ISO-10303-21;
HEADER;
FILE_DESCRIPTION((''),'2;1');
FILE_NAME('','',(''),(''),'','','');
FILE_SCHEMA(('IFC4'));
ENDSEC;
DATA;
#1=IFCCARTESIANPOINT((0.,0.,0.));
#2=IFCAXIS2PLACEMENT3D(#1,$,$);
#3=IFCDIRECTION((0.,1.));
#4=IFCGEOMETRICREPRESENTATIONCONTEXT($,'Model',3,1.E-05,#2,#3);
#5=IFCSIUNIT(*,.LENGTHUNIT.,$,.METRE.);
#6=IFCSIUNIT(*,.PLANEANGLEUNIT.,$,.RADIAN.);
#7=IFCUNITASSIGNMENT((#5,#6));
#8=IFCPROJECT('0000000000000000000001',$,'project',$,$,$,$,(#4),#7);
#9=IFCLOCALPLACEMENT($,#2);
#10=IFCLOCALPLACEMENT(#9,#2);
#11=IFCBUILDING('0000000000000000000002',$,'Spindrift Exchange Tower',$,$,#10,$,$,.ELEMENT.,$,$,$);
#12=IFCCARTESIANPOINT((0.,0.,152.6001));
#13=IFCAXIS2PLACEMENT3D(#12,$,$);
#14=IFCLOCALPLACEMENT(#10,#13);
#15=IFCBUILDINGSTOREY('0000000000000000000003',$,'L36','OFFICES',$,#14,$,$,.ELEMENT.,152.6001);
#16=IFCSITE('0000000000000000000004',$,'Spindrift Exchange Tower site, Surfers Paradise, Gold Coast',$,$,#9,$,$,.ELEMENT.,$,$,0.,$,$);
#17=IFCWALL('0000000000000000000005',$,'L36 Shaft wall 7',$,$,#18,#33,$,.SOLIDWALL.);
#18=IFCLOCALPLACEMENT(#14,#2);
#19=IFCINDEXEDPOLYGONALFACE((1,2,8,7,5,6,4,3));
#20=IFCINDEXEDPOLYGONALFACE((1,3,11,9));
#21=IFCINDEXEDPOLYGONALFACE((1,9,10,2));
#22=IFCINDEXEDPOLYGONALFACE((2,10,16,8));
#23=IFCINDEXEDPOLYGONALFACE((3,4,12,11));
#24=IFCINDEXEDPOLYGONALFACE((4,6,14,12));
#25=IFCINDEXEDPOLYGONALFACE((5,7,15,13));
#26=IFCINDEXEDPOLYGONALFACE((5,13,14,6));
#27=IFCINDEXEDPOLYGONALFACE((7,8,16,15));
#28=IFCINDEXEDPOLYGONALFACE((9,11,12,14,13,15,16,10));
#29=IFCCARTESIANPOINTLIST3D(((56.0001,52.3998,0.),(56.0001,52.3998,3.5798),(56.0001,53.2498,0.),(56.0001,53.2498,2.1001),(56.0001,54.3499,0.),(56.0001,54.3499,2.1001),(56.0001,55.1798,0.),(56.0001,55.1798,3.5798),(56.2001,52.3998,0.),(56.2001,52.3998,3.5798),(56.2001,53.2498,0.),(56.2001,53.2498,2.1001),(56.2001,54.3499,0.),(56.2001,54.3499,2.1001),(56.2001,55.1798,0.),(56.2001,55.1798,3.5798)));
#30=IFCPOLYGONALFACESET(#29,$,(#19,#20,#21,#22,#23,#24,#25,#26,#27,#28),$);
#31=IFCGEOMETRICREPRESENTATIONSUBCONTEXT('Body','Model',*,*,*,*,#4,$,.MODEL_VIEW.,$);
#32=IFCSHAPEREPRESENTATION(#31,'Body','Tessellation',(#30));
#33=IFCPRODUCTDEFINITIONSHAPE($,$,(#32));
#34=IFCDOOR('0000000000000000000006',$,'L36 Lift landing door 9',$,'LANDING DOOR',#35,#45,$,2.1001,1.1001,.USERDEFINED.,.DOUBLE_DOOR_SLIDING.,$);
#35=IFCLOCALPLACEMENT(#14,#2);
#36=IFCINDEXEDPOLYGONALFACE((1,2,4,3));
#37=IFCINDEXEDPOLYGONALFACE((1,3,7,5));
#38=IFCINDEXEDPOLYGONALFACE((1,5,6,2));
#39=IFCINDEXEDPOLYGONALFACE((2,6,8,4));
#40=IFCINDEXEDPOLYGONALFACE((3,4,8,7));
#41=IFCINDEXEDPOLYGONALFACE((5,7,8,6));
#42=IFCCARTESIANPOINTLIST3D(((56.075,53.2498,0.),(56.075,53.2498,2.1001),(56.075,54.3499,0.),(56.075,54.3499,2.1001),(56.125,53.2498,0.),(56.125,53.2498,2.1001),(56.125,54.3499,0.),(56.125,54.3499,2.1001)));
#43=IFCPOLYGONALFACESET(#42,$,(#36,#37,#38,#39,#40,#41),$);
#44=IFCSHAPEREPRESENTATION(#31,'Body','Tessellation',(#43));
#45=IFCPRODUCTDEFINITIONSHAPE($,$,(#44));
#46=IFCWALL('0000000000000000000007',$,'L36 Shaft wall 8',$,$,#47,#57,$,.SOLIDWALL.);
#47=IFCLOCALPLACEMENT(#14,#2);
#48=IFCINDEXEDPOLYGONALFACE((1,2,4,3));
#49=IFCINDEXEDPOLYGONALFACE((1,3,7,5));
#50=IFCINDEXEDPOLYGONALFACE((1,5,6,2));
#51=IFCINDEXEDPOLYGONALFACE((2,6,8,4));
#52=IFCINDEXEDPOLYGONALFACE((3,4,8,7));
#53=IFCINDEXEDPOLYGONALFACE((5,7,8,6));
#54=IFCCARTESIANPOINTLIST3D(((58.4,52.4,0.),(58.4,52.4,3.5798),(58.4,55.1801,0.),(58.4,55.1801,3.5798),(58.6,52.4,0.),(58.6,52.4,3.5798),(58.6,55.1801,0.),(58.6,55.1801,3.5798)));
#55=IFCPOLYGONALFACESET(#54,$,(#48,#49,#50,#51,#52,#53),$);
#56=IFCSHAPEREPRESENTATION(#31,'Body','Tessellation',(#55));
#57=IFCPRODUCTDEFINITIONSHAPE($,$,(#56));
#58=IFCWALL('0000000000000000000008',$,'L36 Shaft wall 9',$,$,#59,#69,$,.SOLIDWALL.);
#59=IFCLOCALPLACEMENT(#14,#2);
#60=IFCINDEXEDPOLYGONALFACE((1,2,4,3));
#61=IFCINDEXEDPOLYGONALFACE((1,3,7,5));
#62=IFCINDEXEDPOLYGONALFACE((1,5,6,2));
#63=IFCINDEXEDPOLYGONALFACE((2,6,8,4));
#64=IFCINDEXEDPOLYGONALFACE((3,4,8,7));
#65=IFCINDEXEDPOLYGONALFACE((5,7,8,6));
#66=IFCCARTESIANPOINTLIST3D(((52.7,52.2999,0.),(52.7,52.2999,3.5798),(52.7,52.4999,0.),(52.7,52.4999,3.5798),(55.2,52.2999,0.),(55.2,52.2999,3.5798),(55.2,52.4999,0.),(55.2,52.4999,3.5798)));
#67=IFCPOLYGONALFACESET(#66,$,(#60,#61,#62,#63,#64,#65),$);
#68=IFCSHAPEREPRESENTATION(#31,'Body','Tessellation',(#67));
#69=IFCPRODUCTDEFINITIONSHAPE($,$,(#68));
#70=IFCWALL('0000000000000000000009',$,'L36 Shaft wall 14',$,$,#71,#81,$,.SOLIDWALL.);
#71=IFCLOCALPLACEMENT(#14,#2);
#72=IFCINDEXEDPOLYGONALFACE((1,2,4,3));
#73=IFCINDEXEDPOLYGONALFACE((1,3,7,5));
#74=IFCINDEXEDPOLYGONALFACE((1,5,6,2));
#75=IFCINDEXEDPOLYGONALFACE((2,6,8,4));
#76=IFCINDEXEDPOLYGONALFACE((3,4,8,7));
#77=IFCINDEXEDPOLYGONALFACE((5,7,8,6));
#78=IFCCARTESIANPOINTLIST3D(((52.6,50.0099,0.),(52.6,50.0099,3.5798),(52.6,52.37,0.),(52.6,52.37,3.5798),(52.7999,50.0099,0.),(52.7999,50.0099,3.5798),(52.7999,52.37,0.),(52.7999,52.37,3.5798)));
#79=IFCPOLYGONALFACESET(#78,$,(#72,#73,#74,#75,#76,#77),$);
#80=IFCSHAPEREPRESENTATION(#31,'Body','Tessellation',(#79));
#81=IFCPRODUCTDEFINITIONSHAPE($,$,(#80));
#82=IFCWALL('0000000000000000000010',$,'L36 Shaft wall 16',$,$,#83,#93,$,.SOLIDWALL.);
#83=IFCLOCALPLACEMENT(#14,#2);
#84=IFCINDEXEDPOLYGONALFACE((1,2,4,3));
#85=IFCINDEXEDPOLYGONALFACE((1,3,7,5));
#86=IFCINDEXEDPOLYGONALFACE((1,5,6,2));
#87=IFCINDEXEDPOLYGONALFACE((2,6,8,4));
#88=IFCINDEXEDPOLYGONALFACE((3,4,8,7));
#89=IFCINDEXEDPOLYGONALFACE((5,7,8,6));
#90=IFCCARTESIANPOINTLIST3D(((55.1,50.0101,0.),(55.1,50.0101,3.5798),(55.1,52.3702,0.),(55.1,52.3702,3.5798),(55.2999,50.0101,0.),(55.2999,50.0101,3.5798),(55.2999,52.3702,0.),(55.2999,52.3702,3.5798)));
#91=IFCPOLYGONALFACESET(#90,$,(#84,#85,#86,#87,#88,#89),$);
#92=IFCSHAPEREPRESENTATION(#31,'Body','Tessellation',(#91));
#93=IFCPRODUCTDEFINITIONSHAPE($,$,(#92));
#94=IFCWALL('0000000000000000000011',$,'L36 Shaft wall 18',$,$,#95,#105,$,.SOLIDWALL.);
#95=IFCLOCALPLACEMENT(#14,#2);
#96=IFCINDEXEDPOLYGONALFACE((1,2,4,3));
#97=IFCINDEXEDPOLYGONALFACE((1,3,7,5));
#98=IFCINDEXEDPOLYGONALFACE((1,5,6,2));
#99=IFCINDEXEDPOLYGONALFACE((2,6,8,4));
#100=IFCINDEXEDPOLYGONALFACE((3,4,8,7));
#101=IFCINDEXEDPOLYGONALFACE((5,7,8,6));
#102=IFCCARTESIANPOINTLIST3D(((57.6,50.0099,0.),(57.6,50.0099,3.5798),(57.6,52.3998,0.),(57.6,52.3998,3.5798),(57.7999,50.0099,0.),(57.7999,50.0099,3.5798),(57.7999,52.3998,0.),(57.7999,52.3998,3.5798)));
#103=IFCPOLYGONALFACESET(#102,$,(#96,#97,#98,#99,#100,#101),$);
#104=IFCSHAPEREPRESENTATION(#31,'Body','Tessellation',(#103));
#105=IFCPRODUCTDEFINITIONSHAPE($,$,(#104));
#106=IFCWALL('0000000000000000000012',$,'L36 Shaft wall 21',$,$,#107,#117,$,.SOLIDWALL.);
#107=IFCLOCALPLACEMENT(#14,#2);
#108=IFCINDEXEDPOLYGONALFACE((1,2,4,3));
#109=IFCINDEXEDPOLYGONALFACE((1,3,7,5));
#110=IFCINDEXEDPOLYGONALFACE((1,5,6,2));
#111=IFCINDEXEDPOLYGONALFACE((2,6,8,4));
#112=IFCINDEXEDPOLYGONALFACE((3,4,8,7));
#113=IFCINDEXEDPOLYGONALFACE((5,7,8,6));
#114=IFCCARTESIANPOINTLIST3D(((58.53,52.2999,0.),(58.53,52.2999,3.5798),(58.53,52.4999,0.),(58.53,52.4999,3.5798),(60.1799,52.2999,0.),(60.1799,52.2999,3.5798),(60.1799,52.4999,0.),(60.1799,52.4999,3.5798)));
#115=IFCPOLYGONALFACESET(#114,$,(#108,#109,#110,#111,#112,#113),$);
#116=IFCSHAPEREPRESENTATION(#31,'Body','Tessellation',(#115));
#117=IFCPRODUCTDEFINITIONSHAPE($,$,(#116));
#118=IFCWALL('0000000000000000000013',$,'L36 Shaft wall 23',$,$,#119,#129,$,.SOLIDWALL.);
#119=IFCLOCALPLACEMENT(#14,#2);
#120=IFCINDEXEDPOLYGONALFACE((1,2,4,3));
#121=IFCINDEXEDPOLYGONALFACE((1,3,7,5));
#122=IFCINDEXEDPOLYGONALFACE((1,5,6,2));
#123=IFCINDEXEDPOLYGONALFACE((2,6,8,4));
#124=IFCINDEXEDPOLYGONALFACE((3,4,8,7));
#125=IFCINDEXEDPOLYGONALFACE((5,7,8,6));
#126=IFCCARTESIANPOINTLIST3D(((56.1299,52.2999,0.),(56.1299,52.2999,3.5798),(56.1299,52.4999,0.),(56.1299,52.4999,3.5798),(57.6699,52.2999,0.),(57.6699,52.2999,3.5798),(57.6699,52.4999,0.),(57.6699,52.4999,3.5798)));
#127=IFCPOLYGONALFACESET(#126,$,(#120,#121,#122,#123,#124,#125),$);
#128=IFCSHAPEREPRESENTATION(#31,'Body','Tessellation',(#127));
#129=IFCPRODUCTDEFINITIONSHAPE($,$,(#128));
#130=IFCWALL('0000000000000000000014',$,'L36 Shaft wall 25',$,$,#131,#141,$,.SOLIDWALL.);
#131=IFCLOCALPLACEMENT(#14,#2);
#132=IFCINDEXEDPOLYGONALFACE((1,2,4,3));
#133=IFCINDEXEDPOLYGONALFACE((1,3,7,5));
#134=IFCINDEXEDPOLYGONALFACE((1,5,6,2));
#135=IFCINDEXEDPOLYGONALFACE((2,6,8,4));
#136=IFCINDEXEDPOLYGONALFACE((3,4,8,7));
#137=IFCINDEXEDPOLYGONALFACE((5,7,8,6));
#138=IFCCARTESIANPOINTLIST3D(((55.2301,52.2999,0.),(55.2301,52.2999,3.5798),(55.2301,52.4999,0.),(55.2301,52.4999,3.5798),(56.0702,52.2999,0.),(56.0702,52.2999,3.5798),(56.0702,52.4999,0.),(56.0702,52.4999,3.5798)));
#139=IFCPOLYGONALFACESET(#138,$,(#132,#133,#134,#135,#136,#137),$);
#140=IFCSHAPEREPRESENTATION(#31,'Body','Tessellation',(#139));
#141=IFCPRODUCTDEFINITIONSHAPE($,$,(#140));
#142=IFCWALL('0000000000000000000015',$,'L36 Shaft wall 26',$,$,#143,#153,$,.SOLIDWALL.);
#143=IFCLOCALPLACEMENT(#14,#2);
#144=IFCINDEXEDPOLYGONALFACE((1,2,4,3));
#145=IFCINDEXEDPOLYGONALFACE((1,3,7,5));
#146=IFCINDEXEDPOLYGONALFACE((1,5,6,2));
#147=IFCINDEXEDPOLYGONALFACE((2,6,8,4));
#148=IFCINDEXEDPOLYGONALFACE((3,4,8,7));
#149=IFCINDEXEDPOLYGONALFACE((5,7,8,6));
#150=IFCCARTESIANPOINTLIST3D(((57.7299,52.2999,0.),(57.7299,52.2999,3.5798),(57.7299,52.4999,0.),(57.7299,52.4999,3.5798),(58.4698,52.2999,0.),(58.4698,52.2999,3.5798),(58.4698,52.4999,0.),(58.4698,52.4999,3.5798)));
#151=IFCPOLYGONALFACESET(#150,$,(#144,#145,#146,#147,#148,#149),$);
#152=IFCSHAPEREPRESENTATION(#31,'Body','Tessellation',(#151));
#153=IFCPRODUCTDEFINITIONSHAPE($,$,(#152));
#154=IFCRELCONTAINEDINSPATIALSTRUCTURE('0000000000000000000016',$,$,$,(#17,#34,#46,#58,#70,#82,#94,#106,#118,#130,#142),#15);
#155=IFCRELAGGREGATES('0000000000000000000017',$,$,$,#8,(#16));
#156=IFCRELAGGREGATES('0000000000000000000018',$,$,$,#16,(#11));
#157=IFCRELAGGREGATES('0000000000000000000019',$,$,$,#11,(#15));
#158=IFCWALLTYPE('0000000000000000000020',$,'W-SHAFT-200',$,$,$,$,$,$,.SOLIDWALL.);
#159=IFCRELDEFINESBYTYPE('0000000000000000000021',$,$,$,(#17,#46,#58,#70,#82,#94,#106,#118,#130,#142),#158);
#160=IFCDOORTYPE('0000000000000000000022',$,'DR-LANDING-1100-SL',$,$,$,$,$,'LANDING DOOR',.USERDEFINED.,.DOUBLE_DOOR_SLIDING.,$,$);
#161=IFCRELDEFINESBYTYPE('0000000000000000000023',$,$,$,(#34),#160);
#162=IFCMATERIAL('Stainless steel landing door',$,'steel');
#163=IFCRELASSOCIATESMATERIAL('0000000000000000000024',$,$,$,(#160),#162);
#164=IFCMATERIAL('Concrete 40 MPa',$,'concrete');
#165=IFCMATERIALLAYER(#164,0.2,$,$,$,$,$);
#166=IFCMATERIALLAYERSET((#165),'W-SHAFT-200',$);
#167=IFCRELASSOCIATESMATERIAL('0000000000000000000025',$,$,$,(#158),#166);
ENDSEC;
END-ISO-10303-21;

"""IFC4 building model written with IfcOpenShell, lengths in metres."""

from ifc_helpers import new_model, si_unit, direction, frame, frame_2d, origin, place, context, subcontext, project, spatial, rectangle, extrude, source, transform, mapped, material, layer, layer_set, type_object, element, fill, save


model = new_model("IFC4")

# Units and contexts
model_context = context("Model", 3, precision=1e-05, world=origin(), true_north=direction((0.0, 1.0)))
body_context = subcontext(model_context, "Body", "Model", "MODEL_VIEW")
ifc_project = project(units=[si_unit("LENGTHUNIT", "METRE"), si_unit("PLANEANGLEUNIT", "RADIAN")], contexts=[model_context])

# Site, building, storey
site_placement = place(None, origin())
site = spatial("IfcSite", under=ifc_project, at=site_placement, Name="Spindrift Exchange Tower site, Surfers Paradise, Gold Coast", CompositionType="ELEMENT", RefElevation=0.0)
building_placement = place(site_placement, origin())
building = spatial("IfcBuilding", under=site, at=building_placement, Name="Spindrift Exchange Tower", CompositionType="ELEMENT")
storey_placement = place(building_placement, frame((0.0, 0.0, 152.6001)))
storey = spatial("IfcBuildingStorey", under=building, at=storey_placement, Name="L36", Description="OFFICES", CompositionType="ELEMENT", Elevation=152.6001)

# Shared definitions
ifc_material_1 = material(Name="Stainless steel landing door", Category="steel")
door_type_1 = type_object("IfcDoorType", Name="DR-LANDING-1100-SL", ElementType="LANDING DOOR", OperationType="DOUBLE_DOOR_SLIDING", PredefinedType="USERDEFINED", material=ifc_material_1)
shared_shape_1 = source(origin(), body_context, "Body", "SweptSolid", [
    extrude(rectangle(XDim=1.1001, YDim=2.1001, at=frame_2d((0.55, 1.05))), frame((0.0, 0.0249, 0.0), z_axis=(0.0, -1.0, 0.0), x_axis=(1.0, 0.0, 0.0)), (0.0, 0.0, 1.0), 0.05),
])

# Wall, opening, door
ifc_material_2 = material(Name="Concrete 40 MPa", Category="concrete")
ifc_layer_1 = layer(ifc_material_2, 0.2)
ifc_layer_set_1 = layer_set([ifc_layer_1], Name="W-SHAFT-200")
wall_type_1 = type_object("IfcWallType", Name="W-SHAFT-200", PredefinedType="SOLIDWALL", material=ifc_layer_set_1)
wall_1_placement = place(storey_placement, frame((56.1001, 55.1799, 0.0), z_axis=(0.0, 0.0, 1.0), x_axis=(0.0, -1.0, 0.0)))
wall_1 = element("IfcWall", 1, at=wall_1_placement, inside=storey, type_object=wall_type_1, Name="L36 Shaft wall 7", PredefinedType="SOLIDWALL", context=body_context, shape_type="SweptSolid", body=[
    extrude(rectangle(XDim=2.78, YDim=0.2, at=frame_2d((1.3901, 0.0))), origin(), (0.0, 0.0, 1.0), 3.5798),
])
opening_1_placement = place(wall_1_placement, frame((0.8301, 0.0, 0.0)))
opening_1 = element("IfcOpeningElement", 2, at=opening_1_placement, cuts=wall_1, PredefinedType="OPENING", context=body_context, shape_type="SweptSolid", body=[
    extrude(rectangle(XDim=1.1001, YDim=2.1001, at=frame_2d((0.55, 1.05))), frame((0.0, 0.1099, 0.0), z_axis=(0.0, -1.0, 0.0), x_axis=(1.0, 0.0, 0.0)), (0.0, 0.0, 1.0), 0.22),
])
door_1_placement = place(opening_1_placement, origin())
door_1 = element("IfcDoor", 3, at=door_1_placement, inside=storey, type_object=door_type_1, Name="L36 Lift landing door 9", ObjectType="LANDING DOOR", OperationType="DOUBLE_DOOR_SLIDING", OverallHeight=2.1001, OverallWidth=1.1001, PredefinedType="USERDEFINED", context=body_context, shape_type="MappedRepresentation", body=[
    mapped(shared_shape_1, transform((0.0, 0.0, 0.0), scale=1.0)),
])
fill(opening_1, door_1)

# Walls
wall_2_placement = place(storey_placement, frame((58.5, 52.3999, 0.0), z_axis=(0.0, 0.0, 1.0), x_axis=(0.0, 1.0, 0.0)))
element("IfcWall", 4, at=wall_2_placement, inside=storey, type_object=wall_type_1, Name="L36 Shaft wall 8", PredefinedType="SOLIDWALL", context=body_context, shape_type="SweptSolid", body=[
    extrude(rectangle(XDim=2.78, YDim=0.2, at=frame_2d((1.3901, 0.0))), origin(), (0.0, 0.0, 1.0), 3.5798),
])
wall_3_placement = place(storey_placement, frame((55.2, 52.3999, 0.0), z_axis=(0.0, 0.0, 1.0), x_axis=(-1.0, 0.0, 0.0)))
element("IfcWall", 5, at=wall_3_placement, inside=storey, type_object=wall_type_1, Name="L36 Shaft wall 9", PredefinedType="SOLIDWALL", context=body_context, shape_type="SweptSolid", body=[
    extrude(rectangle(XDim=2.5, YDim=0.2, at=frame_2d((1.25, 0.0))), origin(), (0.0, 0.0, 1.0), 3.5798),
])
for number, where, z_axis, x_axis, name in (
    (6, (52.7, 52.3701, 0.0), (0.0, 0.0, 1.0), (0.0, -1.0, 0.0), "L36 Shaft wall 14"),
    (7, (55.2, 50.01, 0.0), (0.0, 0.0, 1.0), (0.0, 1.0, 0.0), "L36 Shaft wall 16"),
):
    element("IfcWall", number, at=place(storey_placement, frame(where, z_axis=z_axis, x_axis=x_axis)), inside=storey, type_object=wall_type_1, Name=name, PredefinedType="SOLIDWALL", context=body_context, shape_type="SweptSolid", body=[
        extrude(rectangle(XDim=2.3601, YDim=0.2, at=frame_2d((1.1802, 0.0))), origin(), (0.0, 0.0, 1.0), 3.5798),
    ])
wall_4_placement = place(storey_placement, frame((57.7, 50.01, 0.0), z_axis=(0.0, 0.0, 1.0), x_axis=(0.0, 1.0, 0.0)))
element("IfcWall", 8, at=wall_4_placement, inside=storey, type_object=wall_type_1, Name="L36 Shaft wall 18", PredefinedType="SOLIDWALL", context=body_context, shape_type="SweptSolid", body=[
    extrude(rectangle(XDim=2.3899, YDim=0.2, at=frame_2d((1.1948, 0.0))), origin(), (0.0, 0.0, 1.0), 3.5798),
])
wall_5_placement = place(storey_placement, frame((60.1799, 52.3999, 0.0), z_axis=(0.0, 0.0, 1.0), x_axis=(-1.0, 0.0, 0.0)))
element("IfcWall", 9, at=wall_5_placement, inside=storey, type_object=wall_type_1, Name="L36 Shaft wall 21", PredefinedType="SOLIDWALL", context=body_context, shape_type="SweptSolid", body=[
    extrude(rectangle(XDim=1.6499, YDim=0.2, at=frame_2d((0.825, 0.0))), origin(), (0.0, 0.0, 1.0), 3.5798),
])
wall_6_placement = place(storey_placement, frame((57.6699, 52.3999, 0.0), z_axis=(0.0, 0.0, 1.0), x_axis=(-1.0, 0.0, 0.0)))
element("IfcWall", 10, at=wall_6_placement, inside=storey, type_object=wall_type_1, Name="L36 Shaft wall 23", PredefinedType="SOLIDWALL", context=body_context, shape_type="SweptSolid", body=[
    extrude(rectangle(XDim=1.54, YDim=0.2, at=frame_2d((0.77, 0.0))), origin(), (0.0, 0.0, 1.0), 3.5798),
])
wall_7_placement = place(storey_placement, frame((56.0701, 52.3999, 0.0), z_axis=(0.0, 0.0, 1.0), x_axis=(-1.0, 0.0, 0.0)))
element("IfcWall", 11, at=wall_7_placement, inside=storey, type_object=wall_type_1, Name="L36 Shaft wall 25", PredefinedType="SOLIDWALL", context=body_context, shape_type="SweptSolid", body=[
    extrude(rectangle(XDim=0.8401, YDim=0.2, at=frame_2d((0.4199, 0.0))), origin(), (0.0, 0.0, 1.0), 3.5798),
])
wall_8_placement = place(storey_placement, frame((58.47, 52.3999, 0.0), z_axis=(0.0, 0.0, 1.0), x_axis=(-1.0, 0.0, 0.0)))
element("IfcWall", 12, at=wall_8_placement, inside=storey, type_object=wall_type_1, Name="L36 Shaft wall 26", PredefinedType="SOLIDWALL", context=body_context, shape_type="SweptSolid", body=[
    extrude(rectangle(XDim=0.74, YDim=0.2, at=frame_2d((0.3701, 0.0))), origin(), (0.0, 0.0, 1.0), 3.5798),
])

save(model, "model.ifc")
